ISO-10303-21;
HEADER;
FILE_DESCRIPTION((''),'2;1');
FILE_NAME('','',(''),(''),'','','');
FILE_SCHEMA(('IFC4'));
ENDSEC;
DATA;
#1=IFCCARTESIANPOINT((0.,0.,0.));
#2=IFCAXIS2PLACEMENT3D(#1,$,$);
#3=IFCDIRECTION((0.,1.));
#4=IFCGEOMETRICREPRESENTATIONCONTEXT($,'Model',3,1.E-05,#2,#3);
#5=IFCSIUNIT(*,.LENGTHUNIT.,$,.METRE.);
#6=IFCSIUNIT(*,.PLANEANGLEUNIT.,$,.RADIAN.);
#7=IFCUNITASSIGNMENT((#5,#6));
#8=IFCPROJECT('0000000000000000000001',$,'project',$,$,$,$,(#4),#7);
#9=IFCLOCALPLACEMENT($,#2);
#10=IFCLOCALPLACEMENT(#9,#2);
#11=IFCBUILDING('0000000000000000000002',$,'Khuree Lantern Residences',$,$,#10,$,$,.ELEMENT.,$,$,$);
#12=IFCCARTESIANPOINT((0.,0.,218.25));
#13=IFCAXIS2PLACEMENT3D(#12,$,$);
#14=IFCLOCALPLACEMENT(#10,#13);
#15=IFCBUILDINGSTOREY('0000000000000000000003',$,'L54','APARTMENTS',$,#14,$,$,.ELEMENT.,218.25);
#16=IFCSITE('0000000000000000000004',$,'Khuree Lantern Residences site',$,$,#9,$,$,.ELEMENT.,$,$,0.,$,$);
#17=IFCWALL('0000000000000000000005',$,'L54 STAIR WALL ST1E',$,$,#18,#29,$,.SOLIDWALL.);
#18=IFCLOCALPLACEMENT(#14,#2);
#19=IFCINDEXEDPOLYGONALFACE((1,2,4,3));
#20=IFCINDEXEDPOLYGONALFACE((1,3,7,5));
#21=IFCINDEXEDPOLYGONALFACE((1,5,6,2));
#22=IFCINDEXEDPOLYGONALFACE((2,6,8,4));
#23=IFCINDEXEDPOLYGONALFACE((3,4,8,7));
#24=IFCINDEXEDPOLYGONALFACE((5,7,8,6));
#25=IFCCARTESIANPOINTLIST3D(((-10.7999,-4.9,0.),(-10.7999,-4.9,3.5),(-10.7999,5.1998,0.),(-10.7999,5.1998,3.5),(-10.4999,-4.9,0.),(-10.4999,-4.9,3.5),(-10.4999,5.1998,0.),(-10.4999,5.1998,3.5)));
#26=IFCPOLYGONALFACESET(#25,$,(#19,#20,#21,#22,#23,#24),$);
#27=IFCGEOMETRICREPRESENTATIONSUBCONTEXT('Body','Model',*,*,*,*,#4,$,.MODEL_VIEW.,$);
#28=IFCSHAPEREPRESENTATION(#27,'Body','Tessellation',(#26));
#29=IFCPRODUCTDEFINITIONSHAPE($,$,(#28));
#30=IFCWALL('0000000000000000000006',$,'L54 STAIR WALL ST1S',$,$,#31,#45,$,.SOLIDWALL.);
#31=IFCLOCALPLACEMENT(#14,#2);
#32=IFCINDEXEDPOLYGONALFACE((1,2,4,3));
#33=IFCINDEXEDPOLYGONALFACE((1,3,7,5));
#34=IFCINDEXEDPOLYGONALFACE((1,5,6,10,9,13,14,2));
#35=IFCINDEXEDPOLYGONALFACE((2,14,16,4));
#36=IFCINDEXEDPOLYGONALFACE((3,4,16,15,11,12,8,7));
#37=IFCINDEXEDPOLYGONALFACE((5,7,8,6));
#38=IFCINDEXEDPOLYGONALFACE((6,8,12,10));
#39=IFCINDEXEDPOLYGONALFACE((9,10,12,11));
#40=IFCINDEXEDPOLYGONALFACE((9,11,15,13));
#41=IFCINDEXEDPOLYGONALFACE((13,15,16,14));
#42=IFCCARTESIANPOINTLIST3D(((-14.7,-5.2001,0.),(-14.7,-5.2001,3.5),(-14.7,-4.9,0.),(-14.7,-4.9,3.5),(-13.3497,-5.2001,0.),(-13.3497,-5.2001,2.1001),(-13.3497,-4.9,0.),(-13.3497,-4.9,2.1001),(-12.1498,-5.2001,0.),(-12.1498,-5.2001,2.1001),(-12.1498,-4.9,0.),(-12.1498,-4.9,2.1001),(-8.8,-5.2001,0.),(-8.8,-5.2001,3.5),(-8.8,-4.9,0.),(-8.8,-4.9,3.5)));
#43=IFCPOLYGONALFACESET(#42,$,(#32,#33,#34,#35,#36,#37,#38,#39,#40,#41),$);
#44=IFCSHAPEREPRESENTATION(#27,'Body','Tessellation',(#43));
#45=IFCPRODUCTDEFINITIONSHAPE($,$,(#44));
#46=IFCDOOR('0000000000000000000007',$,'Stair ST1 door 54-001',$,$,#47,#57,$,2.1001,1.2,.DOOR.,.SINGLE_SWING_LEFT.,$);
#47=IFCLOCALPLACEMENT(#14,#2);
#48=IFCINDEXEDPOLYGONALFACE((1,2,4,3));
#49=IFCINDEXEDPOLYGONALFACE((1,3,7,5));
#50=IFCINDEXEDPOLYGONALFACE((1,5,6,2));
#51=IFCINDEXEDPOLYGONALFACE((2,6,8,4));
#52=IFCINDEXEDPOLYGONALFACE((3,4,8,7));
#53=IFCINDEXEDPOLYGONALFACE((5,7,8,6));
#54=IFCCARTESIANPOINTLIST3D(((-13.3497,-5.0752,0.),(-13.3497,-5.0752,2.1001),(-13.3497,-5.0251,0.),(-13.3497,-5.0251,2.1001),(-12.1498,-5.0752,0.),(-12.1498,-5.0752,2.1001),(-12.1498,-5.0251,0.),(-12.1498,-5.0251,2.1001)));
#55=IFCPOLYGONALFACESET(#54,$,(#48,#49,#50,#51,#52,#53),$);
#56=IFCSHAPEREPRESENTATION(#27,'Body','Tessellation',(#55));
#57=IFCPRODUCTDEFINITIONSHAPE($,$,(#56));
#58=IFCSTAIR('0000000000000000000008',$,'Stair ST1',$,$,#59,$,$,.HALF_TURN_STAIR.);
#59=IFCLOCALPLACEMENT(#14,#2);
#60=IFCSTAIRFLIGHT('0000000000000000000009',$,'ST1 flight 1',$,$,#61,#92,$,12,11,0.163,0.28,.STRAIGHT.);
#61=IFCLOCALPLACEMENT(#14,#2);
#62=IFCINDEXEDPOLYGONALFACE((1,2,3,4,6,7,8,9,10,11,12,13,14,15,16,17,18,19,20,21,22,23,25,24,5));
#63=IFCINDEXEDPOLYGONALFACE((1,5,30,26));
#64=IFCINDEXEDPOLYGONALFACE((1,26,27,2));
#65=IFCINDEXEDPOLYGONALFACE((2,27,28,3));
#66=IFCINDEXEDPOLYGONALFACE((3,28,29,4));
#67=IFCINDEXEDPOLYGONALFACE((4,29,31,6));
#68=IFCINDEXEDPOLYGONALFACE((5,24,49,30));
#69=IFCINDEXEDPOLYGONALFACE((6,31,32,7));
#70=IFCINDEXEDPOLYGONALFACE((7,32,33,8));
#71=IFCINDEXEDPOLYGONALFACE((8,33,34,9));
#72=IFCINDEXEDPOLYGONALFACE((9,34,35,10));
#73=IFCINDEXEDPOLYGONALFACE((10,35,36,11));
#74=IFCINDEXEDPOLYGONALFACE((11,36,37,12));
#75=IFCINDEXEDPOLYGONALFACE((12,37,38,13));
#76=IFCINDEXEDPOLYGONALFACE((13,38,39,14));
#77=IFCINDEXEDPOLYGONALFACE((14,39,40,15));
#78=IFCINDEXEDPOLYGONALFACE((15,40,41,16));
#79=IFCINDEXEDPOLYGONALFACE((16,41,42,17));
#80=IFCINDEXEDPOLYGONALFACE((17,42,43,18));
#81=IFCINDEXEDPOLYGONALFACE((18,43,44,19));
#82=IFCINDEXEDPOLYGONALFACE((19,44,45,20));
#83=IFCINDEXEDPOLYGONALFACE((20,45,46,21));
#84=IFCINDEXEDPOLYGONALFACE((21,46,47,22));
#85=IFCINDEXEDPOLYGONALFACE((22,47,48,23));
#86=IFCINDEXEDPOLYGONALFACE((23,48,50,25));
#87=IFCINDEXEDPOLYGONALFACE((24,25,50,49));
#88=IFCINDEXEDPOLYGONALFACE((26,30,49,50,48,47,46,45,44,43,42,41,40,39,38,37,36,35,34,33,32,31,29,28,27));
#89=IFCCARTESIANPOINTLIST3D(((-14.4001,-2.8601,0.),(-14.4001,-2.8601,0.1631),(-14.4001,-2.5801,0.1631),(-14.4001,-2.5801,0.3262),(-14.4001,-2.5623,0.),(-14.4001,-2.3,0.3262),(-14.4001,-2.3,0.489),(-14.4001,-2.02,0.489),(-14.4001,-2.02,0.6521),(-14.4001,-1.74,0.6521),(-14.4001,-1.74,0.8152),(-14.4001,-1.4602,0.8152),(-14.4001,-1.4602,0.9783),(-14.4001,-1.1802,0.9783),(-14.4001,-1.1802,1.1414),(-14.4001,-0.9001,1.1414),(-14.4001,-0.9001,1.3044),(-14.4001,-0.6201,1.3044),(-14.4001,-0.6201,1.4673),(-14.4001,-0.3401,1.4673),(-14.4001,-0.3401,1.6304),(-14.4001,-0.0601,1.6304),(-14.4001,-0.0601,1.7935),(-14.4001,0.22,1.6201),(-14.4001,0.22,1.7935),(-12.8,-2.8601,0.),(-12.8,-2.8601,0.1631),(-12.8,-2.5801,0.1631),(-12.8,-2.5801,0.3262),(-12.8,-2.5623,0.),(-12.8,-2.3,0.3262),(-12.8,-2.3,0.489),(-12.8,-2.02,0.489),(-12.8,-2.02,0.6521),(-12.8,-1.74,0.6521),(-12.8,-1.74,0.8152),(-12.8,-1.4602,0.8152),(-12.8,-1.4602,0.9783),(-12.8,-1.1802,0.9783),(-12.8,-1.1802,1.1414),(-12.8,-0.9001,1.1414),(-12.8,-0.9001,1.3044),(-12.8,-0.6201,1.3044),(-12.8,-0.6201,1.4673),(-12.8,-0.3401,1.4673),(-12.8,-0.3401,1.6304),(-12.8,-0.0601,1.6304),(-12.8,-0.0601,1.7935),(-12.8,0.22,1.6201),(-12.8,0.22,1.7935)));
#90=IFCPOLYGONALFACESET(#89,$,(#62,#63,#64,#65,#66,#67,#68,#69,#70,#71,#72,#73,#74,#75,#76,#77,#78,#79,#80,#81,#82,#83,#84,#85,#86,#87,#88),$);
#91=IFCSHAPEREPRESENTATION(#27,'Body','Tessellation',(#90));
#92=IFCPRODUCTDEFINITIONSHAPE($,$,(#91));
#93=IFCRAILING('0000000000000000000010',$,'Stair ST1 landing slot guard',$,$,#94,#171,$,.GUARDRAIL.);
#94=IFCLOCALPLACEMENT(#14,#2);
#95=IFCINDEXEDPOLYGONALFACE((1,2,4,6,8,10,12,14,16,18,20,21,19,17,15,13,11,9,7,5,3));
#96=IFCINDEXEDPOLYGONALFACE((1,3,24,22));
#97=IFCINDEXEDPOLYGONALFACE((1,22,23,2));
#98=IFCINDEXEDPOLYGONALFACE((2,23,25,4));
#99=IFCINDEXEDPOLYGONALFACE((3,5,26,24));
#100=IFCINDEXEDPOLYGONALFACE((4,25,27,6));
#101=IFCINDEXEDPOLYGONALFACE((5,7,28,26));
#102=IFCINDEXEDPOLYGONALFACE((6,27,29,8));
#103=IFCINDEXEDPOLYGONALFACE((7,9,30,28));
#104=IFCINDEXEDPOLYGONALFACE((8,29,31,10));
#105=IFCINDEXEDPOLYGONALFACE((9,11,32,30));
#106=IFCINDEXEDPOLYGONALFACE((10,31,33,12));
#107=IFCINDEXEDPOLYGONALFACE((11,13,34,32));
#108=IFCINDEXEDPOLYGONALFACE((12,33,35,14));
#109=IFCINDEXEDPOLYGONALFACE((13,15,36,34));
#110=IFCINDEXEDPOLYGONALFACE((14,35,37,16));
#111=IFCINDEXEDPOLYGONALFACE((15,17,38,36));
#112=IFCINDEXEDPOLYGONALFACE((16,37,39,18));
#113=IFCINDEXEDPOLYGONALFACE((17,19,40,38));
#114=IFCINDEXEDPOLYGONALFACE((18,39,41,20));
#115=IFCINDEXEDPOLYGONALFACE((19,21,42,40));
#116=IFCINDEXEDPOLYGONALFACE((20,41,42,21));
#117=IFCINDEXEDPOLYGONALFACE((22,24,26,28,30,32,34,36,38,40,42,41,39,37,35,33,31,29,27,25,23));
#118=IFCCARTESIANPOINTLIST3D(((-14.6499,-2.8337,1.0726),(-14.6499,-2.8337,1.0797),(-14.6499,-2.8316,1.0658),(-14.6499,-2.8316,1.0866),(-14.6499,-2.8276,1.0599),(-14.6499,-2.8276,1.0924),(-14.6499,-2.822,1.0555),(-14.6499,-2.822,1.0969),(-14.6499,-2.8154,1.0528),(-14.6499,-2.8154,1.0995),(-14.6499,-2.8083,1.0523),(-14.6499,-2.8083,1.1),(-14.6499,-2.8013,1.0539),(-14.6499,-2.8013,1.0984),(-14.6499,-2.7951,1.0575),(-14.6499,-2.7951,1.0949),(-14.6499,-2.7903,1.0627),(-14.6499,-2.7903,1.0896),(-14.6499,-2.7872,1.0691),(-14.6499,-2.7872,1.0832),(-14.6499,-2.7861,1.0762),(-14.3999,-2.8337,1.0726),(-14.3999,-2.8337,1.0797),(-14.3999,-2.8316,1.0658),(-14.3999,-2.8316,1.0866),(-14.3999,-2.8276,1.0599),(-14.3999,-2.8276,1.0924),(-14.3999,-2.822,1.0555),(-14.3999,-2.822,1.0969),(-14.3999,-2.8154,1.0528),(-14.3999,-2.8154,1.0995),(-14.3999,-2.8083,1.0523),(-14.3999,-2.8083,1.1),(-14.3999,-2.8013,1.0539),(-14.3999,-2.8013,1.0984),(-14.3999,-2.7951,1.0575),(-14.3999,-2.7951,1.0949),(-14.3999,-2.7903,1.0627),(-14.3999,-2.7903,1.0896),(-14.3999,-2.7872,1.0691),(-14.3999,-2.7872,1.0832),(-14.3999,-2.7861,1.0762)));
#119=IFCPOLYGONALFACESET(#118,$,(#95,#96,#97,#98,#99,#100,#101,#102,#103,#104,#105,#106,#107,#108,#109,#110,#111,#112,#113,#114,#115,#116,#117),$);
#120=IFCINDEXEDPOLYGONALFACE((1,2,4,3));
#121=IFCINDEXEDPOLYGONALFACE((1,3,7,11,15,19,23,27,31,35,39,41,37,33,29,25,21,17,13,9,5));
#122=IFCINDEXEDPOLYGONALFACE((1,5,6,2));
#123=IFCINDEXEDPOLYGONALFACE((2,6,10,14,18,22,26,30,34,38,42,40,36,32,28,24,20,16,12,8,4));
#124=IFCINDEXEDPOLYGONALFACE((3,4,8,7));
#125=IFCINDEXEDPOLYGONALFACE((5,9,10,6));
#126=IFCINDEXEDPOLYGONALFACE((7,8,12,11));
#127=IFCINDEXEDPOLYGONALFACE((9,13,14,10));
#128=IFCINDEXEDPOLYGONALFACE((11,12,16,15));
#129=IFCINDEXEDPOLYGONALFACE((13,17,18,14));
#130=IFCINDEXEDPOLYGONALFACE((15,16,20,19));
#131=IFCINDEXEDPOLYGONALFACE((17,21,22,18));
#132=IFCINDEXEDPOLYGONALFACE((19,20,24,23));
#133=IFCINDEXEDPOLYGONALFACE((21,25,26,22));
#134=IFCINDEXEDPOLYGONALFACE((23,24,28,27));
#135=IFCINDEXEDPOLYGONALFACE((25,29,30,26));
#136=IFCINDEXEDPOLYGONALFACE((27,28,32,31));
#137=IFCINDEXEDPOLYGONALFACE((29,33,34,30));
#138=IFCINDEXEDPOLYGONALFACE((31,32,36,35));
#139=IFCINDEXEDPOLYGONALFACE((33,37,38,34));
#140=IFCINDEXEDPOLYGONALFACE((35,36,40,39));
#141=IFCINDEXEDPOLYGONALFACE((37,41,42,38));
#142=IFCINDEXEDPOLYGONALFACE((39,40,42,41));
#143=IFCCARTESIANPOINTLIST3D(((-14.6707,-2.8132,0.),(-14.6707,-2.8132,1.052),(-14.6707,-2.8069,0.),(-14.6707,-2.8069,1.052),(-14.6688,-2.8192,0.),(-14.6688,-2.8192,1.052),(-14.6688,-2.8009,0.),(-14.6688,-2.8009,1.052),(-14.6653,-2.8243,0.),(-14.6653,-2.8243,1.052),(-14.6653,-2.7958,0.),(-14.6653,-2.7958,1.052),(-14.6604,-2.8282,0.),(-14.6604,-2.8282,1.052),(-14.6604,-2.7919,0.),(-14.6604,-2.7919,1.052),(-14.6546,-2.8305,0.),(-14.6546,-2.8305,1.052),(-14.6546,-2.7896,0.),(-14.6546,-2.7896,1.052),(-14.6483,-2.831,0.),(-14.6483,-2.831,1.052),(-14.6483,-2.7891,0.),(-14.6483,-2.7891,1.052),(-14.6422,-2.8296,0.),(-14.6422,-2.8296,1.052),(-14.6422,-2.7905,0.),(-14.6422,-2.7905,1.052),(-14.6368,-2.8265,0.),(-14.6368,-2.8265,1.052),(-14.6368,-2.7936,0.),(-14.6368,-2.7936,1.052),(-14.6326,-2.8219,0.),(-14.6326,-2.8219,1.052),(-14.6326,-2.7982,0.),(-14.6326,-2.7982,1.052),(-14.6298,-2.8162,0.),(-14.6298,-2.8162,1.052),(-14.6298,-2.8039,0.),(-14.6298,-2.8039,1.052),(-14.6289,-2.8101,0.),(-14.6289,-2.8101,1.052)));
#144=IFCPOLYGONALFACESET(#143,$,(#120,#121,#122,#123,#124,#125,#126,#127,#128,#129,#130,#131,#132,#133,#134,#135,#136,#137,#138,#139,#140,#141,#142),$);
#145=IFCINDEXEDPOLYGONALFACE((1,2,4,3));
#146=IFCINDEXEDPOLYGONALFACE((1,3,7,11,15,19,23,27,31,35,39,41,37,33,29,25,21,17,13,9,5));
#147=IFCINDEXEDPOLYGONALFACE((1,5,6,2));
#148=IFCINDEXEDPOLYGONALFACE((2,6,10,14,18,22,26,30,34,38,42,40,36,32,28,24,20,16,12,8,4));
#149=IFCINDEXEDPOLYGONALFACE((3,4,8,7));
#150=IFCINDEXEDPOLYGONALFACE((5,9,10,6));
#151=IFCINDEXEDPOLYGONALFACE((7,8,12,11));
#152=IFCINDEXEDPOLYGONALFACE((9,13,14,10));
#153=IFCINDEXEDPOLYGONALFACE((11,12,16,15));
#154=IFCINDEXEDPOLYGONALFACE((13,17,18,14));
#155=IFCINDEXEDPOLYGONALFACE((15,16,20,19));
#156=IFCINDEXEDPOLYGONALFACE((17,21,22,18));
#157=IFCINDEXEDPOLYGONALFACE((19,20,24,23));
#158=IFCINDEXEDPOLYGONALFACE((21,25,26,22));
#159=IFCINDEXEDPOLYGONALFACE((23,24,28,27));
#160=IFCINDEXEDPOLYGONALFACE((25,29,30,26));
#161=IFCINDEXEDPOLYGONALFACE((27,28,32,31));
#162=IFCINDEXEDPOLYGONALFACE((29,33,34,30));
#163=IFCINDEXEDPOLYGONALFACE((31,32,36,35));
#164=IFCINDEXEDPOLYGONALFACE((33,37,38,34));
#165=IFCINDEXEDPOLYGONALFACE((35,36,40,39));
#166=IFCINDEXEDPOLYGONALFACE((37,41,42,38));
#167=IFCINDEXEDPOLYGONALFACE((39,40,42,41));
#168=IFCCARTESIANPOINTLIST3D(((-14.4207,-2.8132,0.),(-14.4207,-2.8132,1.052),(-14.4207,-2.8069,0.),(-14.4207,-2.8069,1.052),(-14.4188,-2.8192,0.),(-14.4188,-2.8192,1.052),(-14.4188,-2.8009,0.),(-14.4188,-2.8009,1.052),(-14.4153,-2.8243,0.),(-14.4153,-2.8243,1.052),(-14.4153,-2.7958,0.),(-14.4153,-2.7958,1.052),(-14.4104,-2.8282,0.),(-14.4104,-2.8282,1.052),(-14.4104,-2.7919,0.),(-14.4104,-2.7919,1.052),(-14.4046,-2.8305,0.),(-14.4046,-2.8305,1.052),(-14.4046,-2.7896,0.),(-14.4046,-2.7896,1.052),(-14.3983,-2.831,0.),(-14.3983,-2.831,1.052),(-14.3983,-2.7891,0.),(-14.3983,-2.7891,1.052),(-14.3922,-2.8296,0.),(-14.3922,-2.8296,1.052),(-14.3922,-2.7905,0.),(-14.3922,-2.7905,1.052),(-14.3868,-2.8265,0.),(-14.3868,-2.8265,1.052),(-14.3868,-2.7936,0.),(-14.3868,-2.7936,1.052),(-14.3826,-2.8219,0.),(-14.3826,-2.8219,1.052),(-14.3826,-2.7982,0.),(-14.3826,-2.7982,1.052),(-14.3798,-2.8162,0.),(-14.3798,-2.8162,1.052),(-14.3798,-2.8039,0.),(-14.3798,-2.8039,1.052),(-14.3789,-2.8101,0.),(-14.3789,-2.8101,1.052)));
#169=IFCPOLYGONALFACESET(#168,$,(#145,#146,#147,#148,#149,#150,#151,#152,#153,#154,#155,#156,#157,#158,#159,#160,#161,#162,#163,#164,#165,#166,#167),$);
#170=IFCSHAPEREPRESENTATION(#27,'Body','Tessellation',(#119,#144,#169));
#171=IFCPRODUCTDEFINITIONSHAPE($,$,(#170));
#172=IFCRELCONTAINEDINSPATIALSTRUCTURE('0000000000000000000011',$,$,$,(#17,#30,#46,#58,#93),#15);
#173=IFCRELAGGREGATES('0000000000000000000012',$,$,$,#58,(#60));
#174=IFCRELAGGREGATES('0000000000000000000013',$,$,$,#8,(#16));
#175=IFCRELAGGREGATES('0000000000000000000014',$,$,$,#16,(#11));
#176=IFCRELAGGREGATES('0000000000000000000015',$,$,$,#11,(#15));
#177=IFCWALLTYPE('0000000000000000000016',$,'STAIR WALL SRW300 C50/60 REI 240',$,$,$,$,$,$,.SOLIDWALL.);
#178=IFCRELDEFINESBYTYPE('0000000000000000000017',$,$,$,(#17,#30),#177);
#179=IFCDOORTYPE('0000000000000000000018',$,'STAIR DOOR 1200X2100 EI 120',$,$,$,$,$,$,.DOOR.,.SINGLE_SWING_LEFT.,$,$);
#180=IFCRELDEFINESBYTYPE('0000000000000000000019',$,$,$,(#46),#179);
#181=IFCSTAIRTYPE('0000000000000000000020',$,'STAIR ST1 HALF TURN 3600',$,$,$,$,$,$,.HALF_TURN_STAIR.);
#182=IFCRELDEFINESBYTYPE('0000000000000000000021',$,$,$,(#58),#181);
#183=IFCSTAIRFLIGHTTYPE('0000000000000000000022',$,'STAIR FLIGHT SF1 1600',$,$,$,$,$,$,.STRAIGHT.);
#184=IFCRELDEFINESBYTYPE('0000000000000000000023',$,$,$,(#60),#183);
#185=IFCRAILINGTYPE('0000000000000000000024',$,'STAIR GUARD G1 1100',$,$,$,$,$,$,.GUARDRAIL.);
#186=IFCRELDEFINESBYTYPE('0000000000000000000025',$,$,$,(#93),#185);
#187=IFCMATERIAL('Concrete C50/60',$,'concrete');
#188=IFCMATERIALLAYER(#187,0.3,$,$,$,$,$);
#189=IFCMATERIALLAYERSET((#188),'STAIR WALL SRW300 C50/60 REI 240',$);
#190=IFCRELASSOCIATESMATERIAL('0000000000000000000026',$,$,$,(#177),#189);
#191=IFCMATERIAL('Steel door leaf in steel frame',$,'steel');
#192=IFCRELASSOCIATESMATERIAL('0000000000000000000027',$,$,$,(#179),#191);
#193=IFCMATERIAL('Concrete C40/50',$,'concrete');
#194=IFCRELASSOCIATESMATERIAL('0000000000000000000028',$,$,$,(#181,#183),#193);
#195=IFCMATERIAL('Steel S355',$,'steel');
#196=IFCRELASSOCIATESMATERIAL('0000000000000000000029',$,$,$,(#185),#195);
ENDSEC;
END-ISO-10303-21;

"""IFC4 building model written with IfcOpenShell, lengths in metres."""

from ifc_helpers import new_model, si_unit, direction, frame, frame_2d, origin, origin_2d, place, context, subcontext, project, spatial, polyline, rectangle, circle, outline, extrude, material, layer, layer_set, type_object, element, fill, aggregate, save


model = new_model("IFC4")

# Units and contexts
model_context = context("Model", 3, precision=1e-05, world=origin(), true_north=direction((0.0, 1.0)))
body_context = subcontext(model_context, "Body", "Model", "MODEL_VIEW")
ifc_project = project(units=[si_unit("LENGTHUNIT", "METRE"), si_unit("PLANEANGLEUNIT", "RADIAN")], contexts=[model_context])

# Site, building, storey
site_placement = place(None, origin())
site = spatial("IfcSite", under=ifc_project, at=site_placement, Name="Khuree Lantern Residences site", CompositionType="ELEMENT", RefElevation=0.0)
building_placement = place(site_placement, origin())
building = spatial("IfcBuilding", under=site, at=building_placement, Name="Khuree Lantern Residences", CompositionType="ELEMENT")
storey_placement = place(building_placement, frame((0.0, 0.0, 218.25)))
storey = spatial("IfcBuildingStorey", under=building, at=storey_placement, Name="L54", Description="APARTMENTS", CompositionType="ELEMENT", Elevation=218.25)

# Shared definitions
ifc_material_1 = material(Name="Steel door leaf in steel frame", Category="steel")

# Wall
ifc_material_2 = material(Name="Concrete C50/60", Category="concrete")
ifc_layer_1 = layer(ifc_material_2, 0.3)
ifc_layer_set_1 = layer_set([ifc_layer_1], Name="STAIR WALL SRW300 C50/60 REI 240")
wall_type_1 = type_object("IfcWallType", Name="STAIR WALL SRW300 C50/60 REI 240", PredefinedType="SOLIDWALL", material=ifc_layer_set_1)
wall_1_placement = place(storey_placement, frame((-10.6499, -4.8999, 0.0), z_axis=(0.0, 0.0, 1.0), x_axis=(0.0, 1.0, 0.0)))
element("IfcWall", 1, at=wall_1_placement, inside=storey, type_object=wall_type_1, Name="L54 STAIR WALL ST1E", PredefinedType="SOLIDWALL", context=body_context, shape_type="SweptSolid", body=[
    extrude(rectangle(XDim=10.0999, YDim=0.3, at=frame_2d((5.0498, 0.0))), origin(), (0.0, 0.0, 1.0), 3.5),
])

# Wall, opening, door
wall_2_placement = place(storey_placement, frame((-14.7, -5.05, 0.0), z_axis=(0.0, 0.0, 1.0), x_axis=(1.0, 0.0, 0.0)))
wall_2 = element("IfcWall", 2, at=wall_2_placement, inside=storey, type_object=wall_type_1, Name="L54 STAIR WALL ST1S", PredefinedType="SOLIDWALL", context=body_context, shape_type="SweptSolid", body=[
    extrude(rectangle(XDim=5.8999, YDim=0.3, at=frame_2d((2.95, 0.0))), origin(), (0.0, 0.0, 1.0), 3.5),
])
opening_1_placement = place(wall_2_placement, frame((1.3501, 0.0, 0.0)))
opening_1 = element("IfcOpeningElement", 3, at=opening_1_placement, cuts=wall_2, PredefinedType="OPENING", context=body_context, shape_type="SweptSolid", body=[
    extrude(rectangle(XDim=1.2, YDim=2.1001, at=frame_2d((0.6001, 1.05))), frame((0.0, 0.1602, 0.0), z_axis=(0.0, -1.0, 0.0), x_axis=(1.0, 0.0, 0.0)), (0.0, 0.0, 1.0), 0.3201),
])
door_type_1 = type_object("IfcDoorType", Name="STAIR DOOR 1200X2100 EI 120", OperationType="SINGLE_SWING_LEFT", PredefinedType="DOOR", material=ifc_material_1)
door_1_placement = place(opening_1_placement, origin())
door_1 = element("IfcDoor", 4, at=door_1_placement, inside=storey, type_object=door_type_1, Name="Stair ST1 door 54-001", OperationType="SINGLE_SWING_LEFT", OverallHeight=2.1001, OverallWidth=1.2, PredefinedType="DOOR", context=body_context, shape_type="SweptSolid", body=[
    extrude(rectangle(XDim=1.2, YDim=2.1001, at=frame_2d((0.6001, 1.05))), frame((0.0, 0.0249, 0.0), z_axis=(0.0, -1.0, 0.0), x_axis=(1.0, 0.0, 0.0)), (0.0, 0.0, 1.0), 0.05),
])
fill(opening_1, door_1)

# Stair, stair flight
ifc_material_3 = material(Name="Concrete C40/50", Category="concrete")
stair_type = type_object("IfcStairType", Name="STAIR ST1 HALF TURN 3600", PredefinedType="HALF_TURN_STAIR", material=ifc_material_3)
stair_placement = place(storey_placement, origin())
stair = element("IfcStair", 5, at=stair_placement, inside=storey, type_object=stair_type, Name="Stair ST1", PredefinedType="HALF_TURN_STAIR")
stair_flight_type = type_object("IfcStairFlightType", Name="STAIR FLIGHT SF1 1600", PredefinedType="STRAIGHT", material=ifc_material_3)
stair_flight_placement = place(storey_placement, frame((-13.6001, -2.8601, 0.0), z_axis=(0.0, 0.0, 1.0), x_axis=(0.0, 1.0, 0.0)))
stair_flight = element("IfcStairFlight", 6, at=stair_flight_placement, type_object=stair_flight_type, Name="ST1 flight 1", NumberOfRisers=12, NumberOfTreads=11, PredefinedType="STRAIGHT", RiserHeight=0.163, TreadLength=0.28, context=body_context, shape_type="SweptSolid", body=[
    extrude(outline(polyline([(0.0, 0.0), (0.0, 0.1631), (0.28, 0.1631), (0.28, 0.3262), (0.5601, 0.3262), (0.5601, 0.489), (0.8401, 0.489), (0.8401, 0.6521), (1.1201, 0.6521), (1.1201, 0.8152), (1.3999, 0.8152), (1.3999, 0.9783), (1.6799, 0.9783), (1.6799, 1.1414), (1.96, 1.1414), (1.96, 1.3044), (2.24, 1.3044), (2.24, 1.4673), (2.52, 1.4673), (2.52, 1.6304), (2.8, 1.6304), (2.8, 1.7935), (3.0801, 1.7935), (3.0801, 1.9565), (3.0801, 1.6201), (0.2979, 0.0), (0.0, 0.0)])), frame((0.0, 0.8, 0.0), z_axis=(0.0, -1.0, 0.0), x_axis=(1.0, 0.0, 0.0)), (0.0, 0.0, 1.0), 1.6001),
])
aggregate(stair, [stair_flight])

# Railing
ifc_material_4 = material(Name="Steel S355", Category="steel")
railing_type_1 = type_object("IfcRailingType", Name="STAIR GUARD G1 1100", PredefinedType="GUARDRAIL", material=ifc_material_4)
railing_1_placement = place(storey_placement, frame((-14.6499, -2.8101, 0.0)))
element("IfcRailing", 7, at=railing_1_placement, inside=storey, type_object=railing_type_1, Name="Stair ST1 landing slot guard", PredefinedType="GUARDRAIL", context=body_context, shape_type="SweptSolid", body=[
    extrude(circle(Radius=0.0239, at=origin_2d()), frame((0.0, 0.0, 1.0762), z_axis=(1.0, 0.0, 0.0), x_axis=(0.0, 1.0, 0.0)), (0.0, 0.0, 1.0), 0.25),
    extrude(circle(Radius=0.021, at=origin_2d()), origin(), (0.0, 0.0, 1.0), 1.052),
    extrude(circle(Radius=0.021, at=origin_2d()), frame((0.25, 0.0, 0.0)), (0.0, 0.0, 1.0), 1.052),
])

save(model, "model.ifc")
